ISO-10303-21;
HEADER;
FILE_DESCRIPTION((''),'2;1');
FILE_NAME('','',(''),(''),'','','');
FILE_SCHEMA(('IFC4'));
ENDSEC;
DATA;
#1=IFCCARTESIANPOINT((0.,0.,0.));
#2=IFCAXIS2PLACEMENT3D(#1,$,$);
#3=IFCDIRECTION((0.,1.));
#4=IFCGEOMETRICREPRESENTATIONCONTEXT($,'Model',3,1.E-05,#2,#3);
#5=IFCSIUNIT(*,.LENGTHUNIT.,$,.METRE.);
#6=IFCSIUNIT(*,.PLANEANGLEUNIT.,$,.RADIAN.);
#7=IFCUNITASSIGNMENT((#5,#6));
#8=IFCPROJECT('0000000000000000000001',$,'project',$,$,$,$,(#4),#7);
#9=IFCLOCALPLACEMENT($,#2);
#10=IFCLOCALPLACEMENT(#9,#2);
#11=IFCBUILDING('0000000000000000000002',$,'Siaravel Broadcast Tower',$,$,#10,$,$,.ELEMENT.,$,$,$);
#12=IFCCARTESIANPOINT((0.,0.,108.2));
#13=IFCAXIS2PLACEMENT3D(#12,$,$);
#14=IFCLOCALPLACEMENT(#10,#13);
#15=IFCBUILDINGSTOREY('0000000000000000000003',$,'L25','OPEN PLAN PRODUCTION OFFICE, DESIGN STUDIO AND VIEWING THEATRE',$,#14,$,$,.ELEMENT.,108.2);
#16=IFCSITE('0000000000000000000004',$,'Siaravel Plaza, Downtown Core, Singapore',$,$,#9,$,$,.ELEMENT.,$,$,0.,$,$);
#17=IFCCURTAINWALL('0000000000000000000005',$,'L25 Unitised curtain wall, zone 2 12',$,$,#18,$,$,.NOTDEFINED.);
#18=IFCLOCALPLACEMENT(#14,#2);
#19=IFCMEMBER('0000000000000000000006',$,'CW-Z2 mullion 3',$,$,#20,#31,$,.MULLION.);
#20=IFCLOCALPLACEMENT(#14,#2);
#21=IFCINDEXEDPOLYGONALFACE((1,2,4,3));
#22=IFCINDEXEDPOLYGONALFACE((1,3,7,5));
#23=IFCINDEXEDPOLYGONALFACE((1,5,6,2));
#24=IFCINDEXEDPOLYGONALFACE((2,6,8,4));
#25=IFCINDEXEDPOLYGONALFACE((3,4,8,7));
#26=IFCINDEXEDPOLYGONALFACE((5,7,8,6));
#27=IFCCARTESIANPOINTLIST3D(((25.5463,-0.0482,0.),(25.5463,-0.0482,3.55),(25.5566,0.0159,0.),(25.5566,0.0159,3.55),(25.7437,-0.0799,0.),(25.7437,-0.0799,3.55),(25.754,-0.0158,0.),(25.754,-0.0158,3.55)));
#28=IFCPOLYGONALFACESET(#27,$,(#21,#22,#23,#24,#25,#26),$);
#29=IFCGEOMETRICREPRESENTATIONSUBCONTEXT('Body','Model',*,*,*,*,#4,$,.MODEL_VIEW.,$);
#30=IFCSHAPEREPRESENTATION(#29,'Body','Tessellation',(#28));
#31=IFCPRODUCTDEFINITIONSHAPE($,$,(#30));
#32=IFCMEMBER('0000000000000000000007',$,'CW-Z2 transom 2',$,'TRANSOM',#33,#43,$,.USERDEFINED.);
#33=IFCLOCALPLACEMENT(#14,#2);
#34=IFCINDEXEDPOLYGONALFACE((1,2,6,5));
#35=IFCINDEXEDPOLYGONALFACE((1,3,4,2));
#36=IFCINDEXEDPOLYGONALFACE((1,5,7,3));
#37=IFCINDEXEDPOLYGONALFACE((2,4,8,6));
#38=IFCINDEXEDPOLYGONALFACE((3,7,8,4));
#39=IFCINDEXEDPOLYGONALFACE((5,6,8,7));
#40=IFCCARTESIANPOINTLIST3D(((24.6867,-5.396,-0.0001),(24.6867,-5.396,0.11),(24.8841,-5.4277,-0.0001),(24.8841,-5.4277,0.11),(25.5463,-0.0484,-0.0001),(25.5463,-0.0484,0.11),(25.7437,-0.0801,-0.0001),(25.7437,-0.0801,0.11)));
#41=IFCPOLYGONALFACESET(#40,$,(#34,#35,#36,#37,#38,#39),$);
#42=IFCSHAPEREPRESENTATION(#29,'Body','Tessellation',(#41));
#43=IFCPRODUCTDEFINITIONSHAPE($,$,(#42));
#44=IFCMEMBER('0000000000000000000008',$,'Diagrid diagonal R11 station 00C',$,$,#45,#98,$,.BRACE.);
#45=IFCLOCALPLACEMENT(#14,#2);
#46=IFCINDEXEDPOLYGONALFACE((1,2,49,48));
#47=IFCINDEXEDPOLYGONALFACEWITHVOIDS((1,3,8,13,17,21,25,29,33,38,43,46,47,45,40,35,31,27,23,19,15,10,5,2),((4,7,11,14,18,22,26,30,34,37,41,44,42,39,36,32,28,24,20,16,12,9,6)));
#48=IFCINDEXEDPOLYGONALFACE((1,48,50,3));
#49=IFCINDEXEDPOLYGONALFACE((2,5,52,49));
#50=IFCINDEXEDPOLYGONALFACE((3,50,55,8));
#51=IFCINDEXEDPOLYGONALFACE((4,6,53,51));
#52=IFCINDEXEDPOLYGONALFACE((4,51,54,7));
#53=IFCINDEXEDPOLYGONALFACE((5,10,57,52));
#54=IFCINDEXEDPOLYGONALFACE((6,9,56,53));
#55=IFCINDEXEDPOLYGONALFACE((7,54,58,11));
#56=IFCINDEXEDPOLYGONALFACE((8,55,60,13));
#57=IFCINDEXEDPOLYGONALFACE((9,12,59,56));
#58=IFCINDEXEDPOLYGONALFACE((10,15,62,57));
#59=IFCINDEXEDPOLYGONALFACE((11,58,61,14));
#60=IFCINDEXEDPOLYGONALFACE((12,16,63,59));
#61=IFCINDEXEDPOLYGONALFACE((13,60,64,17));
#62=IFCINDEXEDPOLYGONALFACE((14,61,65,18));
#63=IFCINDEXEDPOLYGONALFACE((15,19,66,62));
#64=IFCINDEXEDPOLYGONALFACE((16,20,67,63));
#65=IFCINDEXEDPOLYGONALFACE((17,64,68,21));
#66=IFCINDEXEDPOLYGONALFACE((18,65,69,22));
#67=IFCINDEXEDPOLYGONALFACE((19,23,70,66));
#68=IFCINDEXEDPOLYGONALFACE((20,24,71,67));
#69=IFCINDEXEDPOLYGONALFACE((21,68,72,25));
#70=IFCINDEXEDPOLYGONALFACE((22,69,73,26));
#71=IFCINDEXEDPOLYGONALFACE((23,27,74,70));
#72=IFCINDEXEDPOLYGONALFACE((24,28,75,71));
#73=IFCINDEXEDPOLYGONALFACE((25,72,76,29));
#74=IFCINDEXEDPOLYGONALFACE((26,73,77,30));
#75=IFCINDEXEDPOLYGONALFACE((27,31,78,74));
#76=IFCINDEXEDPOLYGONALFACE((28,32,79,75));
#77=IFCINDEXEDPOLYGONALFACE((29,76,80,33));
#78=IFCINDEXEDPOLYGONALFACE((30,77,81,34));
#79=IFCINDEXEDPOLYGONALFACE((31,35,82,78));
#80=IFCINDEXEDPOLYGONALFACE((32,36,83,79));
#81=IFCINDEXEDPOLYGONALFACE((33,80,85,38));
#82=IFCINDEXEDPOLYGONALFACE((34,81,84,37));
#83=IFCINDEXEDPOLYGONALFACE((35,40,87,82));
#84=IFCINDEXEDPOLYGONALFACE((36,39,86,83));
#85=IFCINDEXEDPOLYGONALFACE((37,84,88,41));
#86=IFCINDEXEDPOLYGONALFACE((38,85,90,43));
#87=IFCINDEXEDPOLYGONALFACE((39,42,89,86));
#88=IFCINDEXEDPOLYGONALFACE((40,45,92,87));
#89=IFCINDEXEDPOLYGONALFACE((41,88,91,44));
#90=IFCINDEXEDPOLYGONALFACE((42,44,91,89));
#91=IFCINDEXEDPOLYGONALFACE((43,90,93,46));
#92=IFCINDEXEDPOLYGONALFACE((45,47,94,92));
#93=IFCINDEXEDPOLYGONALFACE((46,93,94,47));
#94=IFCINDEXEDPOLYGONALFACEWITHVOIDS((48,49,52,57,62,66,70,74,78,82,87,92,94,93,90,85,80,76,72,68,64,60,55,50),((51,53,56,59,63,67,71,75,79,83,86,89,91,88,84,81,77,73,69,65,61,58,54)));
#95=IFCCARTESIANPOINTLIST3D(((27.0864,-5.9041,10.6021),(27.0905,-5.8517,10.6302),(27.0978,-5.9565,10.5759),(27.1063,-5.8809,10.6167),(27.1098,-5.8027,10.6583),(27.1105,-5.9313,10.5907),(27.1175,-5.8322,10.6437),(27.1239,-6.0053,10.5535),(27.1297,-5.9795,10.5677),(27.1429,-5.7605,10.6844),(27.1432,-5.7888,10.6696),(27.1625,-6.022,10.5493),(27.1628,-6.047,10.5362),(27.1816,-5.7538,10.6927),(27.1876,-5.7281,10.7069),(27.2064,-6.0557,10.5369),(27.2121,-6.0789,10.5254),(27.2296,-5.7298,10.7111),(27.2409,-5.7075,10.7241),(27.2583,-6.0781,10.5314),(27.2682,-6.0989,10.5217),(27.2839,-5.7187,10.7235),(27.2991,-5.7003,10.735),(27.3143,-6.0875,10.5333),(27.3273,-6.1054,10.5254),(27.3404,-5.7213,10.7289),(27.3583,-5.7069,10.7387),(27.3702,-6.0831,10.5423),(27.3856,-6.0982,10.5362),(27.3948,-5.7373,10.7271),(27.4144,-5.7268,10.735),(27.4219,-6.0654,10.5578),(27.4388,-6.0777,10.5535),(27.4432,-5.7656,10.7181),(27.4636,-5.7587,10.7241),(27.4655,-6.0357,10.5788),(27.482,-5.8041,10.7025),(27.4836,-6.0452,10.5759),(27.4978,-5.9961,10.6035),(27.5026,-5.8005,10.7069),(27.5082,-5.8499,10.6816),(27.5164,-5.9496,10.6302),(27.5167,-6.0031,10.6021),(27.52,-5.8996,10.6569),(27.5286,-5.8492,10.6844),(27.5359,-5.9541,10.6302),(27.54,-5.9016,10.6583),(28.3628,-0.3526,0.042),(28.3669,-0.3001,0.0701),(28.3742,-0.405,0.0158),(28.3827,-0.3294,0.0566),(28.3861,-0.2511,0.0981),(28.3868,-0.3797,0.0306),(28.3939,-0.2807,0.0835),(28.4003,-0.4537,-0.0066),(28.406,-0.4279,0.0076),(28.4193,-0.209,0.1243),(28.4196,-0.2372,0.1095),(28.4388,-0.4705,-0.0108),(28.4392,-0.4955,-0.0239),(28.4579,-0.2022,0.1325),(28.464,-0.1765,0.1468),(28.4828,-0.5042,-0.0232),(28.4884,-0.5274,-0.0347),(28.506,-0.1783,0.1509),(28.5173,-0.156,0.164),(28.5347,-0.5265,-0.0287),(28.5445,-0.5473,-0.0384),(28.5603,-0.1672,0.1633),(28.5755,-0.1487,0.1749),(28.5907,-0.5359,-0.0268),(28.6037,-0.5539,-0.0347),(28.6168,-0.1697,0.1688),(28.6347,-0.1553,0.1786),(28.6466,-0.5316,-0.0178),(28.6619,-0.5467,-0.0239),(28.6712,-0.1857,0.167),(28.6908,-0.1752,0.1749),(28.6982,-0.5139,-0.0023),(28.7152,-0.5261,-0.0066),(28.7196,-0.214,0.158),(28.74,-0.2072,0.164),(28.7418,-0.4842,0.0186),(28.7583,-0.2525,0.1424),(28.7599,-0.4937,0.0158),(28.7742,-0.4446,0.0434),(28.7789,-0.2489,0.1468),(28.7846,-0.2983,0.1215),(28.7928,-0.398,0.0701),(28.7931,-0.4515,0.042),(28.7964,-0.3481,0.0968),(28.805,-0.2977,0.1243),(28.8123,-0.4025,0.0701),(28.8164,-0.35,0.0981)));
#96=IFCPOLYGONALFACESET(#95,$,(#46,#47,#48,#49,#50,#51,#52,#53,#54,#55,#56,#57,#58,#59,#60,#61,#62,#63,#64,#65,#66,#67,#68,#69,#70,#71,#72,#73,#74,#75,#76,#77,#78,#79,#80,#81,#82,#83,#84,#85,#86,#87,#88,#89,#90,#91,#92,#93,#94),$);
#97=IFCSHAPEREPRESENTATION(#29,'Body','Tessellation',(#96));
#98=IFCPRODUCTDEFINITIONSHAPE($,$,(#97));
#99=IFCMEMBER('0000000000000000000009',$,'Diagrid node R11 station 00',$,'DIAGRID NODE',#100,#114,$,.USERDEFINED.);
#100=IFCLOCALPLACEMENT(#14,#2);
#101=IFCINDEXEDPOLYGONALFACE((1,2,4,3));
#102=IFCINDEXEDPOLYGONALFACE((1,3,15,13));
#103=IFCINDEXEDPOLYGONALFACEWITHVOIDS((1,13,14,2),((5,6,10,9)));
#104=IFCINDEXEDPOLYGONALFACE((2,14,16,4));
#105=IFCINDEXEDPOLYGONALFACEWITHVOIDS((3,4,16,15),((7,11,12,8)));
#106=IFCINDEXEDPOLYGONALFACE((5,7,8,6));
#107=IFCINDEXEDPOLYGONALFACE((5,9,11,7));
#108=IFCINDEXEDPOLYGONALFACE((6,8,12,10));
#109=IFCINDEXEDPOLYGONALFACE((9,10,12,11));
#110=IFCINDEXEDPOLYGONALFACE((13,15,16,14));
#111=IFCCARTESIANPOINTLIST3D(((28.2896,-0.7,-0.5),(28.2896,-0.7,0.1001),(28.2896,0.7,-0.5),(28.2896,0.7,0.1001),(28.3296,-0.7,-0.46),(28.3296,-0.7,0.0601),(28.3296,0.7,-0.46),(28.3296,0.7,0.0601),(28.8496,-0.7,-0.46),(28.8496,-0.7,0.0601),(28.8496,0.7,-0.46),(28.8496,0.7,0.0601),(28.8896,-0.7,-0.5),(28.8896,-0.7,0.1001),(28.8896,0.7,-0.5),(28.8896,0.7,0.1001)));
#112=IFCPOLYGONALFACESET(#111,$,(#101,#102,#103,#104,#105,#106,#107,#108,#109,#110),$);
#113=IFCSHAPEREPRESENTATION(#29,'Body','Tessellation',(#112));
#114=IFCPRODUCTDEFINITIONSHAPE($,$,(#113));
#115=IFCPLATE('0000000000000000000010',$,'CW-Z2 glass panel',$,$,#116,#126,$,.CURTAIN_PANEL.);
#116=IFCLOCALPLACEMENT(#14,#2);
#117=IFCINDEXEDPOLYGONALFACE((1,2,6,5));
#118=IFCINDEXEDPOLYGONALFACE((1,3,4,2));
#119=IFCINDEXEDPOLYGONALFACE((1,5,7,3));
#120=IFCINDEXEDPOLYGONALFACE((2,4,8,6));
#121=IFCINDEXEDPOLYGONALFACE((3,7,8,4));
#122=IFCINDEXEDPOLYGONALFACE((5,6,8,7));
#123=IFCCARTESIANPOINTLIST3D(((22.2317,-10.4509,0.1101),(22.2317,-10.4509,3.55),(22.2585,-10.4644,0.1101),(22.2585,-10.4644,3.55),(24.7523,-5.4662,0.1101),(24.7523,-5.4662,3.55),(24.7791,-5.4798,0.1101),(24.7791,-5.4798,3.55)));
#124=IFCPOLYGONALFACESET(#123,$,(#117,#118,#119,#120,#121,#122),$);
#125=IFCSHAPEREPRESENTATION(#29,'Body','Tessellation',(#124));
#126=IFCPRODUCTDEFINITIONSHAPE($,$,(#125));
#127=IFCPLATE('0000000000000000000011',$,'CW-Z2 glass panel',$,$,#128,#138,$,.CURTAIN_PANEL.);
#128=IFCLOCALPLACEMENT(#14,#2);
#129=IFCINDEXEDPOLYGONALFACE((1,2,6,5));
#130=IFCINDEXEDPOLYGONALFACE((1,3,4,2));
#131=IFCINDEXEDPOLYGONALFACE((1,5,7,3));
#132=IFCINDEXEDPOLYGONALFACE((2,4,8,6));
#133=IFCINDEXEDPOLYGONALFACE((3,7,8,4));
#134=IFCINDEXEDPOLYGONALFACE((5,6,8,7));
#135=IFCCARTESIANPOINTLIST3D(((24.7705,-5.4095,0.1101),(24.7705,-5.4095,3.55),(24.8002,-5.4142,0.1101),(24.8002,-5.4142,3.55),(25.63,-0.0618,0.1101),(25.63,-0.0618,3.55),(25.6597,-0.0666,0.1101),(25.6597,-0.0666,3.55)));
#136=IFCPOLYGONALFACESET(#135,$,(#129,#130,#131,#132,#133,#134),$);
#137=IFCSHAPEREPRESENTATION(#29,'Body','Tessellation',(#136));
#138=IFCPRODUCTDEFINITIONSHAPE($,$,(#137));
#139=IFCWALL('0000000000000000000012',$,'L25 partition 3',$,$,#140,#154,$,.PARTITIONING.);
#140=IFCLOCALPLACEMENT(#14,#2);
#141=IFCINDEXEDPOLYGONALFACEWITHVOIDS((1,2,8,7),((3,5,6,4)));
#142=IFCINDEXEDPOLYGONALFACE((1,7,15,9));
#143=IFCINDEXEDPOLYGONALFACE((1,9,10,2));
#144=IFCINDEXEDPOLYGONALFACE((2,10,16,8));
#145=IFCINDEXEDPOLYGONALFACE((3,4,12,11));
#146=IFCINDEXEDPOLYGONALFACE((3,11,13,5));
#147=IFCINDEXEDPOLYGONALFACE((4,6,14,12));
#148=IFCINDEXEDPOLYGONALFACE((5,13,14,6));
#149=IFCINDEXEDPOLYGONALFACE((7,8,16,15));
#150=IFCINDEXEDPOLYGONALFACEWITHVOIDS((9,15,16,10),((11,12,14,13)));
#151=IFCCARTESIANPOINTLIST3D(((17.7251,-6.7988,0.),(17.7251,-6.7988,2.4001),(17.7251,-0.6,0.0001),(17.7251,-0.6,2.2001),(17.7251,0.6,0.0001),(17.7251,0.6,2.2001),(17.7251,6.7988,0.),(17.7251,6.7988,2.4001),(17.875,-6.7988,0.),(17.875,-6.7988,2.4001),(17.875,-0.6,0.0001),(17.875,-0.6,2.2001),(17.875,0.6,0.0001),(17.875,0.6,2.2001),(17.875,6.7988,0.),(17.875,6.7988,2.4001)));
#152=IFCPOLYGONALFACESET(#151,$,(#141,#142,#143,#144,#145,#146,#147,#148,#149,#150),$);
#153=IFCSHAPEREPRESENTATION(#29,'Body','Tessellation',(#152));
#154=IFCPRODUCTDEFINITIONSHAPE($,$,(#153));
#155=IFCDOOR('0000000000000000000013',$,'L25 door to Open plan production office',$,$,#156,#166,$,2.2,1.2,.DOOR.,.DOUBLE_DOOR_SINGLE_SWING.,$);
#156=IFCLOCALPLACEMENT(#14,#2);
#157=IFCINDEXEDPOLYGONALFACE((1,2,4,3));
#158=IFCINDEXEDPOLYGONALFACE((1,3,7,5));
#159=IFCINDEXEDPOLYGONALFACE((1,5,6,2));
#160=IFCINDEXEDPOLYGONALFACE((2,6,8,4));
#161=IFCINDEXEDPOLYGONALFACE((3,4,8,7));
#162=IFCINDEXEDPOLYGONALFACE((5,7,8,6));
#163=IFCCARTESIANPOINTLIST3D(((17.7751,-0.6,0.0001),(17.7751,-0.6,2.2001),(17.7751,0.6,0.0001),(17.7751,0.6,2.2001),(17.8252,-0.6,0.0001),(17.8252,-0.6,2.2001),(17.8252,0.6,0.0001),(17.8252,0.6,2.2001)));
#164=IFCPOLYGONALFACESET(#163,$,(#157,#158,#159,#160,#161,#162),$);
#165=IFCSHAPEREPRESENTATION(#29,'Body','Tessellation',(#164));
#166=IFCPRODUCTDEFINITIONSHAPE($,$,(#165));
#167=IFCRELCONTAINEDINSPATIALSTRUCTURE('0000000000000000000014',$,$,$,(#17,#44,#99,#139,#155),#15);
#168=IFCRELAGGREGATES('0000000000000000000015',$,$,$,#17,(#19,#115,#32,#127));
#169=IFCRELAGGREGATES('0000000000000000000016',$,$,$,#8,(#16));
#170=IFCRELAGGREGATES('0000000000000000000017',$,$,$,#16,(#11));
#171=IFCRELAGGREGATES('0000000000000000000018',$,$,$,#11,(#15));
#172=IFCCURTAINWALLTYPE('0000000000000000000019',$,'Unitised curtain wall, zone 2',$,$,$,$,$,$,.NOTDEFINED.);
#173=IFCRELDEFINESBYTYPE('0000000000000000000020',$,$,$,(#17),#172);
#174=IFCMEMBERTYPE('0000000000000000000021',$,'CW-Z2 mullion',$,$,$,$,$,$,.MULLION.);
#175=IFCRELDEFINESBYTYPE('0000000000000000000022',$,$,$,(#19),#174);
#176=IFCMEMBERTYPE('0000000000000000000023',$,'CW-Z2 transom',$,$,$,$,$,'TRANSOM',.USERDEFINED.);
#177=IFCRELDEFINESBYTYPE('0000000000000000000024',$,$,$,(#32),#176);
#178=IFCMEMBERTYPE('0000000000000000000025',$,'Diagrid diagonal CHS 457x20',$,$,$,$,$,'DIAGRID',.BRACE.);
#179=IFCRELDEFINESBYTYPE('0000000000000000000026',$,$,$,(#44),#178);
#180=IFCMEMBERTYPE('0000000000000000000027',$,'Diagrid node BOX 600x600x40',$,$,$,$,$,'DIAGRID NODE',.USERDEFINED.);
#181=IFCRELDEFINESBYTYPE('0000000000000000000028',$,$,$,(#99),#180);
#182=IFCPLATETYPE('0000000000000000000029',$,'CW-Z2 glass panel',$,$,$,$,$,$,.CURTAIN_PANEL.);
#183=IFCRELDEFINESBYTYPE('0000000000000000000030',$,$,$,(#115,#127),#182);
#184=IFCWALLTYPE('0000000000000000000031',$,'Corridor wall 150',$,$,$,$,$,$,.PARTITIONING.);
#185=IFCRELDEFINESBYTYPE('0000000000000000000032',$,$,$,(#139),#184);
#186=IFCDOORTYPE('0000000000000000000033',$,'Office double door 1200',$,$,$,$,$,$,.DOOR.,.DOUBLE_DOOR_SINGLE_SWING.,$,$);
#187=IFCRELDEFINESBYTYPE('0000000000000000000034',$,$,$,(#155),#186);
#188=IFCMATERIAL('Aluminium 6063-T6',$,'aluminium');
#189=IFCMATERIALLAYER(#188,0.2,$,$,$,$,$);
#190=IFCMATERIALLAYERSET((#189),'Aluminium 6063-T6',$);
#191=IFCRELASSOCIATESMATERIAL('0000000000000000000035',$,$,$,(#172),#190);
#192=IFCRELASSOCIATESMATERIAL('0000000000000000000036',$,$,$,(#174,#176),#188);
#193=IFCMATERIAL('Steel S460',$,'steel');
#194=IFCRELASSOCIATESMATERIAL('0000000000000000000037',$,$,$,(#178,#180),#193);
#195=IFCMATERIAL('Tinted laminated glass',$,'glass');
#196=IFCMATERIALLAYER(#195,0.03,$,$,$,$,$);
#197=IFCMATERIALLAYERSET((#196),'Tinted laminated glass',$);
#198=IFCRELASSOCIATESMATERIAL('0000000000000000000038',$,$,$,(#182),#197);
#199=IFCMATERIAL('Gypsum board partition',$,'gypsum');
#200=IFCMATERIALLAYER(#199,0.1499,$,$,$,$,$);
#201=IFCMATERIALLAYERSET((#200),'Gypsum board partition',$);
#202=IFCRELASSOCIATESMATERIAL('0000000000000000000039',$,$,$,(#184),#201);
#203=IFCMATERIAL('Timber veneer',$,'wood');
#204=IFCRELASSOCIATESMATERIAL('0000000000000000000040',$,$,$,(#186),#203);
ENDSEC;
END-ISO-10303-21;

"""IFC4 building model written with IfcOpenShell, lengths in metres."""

from ifc_helpers import new_model, si_unit, direction, frame, frame_2d, origin, origin_2d, place, context, subcontext, project, spatial, rectangle, hollow_rectangle, hollow_circle, extrude, material, layer, layer_set, material_profile, profile_set, type_object, element, fill, aggregate, save


model = new_model("IFC4")

# Units and contexts
model_context = context("Model", 3, precision=1e-05, world=origin(), true_north=direction((0.0, 1.0)))
body_context = subcontext(model_context, "Body", "Model", "MODEL_VIEW")
ifc_project = project(units=[si_unit("LENGTHUNIT", "METRE"), si_unit("PLANEANGLEUNIT", "RADIAN")], contexts=[model_context])

# Site, building, storey
site_placement = place(None, origin())
site = spatial("IfcSite", under=ifc_project, at=site_placement, Name="Siaravel Plaza, Downtown Core, Singapore", CompositionType="ELEMENT", RefElevation=0.0)
building_placement = place(site_placement, origin())
building = spatial("IfcBuilding", under=site, at=building_placement, Name="Siaravel Broadcast Tower", CompositionType="ELEMENT")
storey_placement = place(building_placement, frame((0.0, 0.0, 108.2)))
storey = spatial("IfcBuildingStorey", under=building, at=storey_placement, Name="L25", Description="OPEN PLAN PRODUCTION OFFICE, DESIGN STUDIO AND VIEWING THEATRE", CompositionType="ELEMENT", Elevation=108.2)

# Curtain wall, members
ifc_material_1 = material(Name="Aluminium 6063-T6", Category="aluminium")
ifc_layer_1 = layer(ifc_material_1, 0.2)
ifc_layer_set_1 = layer_set([ifc_layer_1], Name="Aluminium 6063-T6")
curtain_wall_type = type_object("IfcCurtainWallType", Name="Unitised curtain wall, zone 2", PredefinedType="NOTDEFINED", material=ifc_layer_set_1)
curtain_wall_placement = place(storey_placement, origin())
curtain_wall = element("IfcCurtainWall", 1, at=curtain_wall_placement, inside=storey, type_object=curtain_wall_type, Name="L25 Unitised curtain wall, zone 2 12", PredefinedType="NOTDEFINED")
ifc_material_profile_1 = material_profile(ifc_material_1, rectangle(XDim=0.2, YDim=0.0649, at=origin_2d()))
ifc_profile_set_1 = profile_set([ifc_material_profile_1], Name="Aluminium 6063-T6")
member_type_1 = type_object("IfcMemberType", Name="CW-Z2 mullion", PredefinedType="MULLION", material=ifc_profile_set_1)
member_1_placement = place(storey_placement, frame((25.6501, -0.032, 0.0), z_axis=(0.0, 0.0, 1.0), x_axis=(-0.987329, 0.158686, 0.0)))
member_1 = element("IfcMember", 2, at=member_1_placement, type_object=member_type_1, Name="CW-Z2 mullion 3", PredefinedType="MULLION", context=body_context, shape_type="SweptSolid", body=[
    extrude(rectangle(XDim=0.2, YDim=0.0649, at=origin_2d()), origin(), (0.0, 0.0, 1.0), 3.55),
])
ifc_material_profile_2 = material_profile(ifc_material_1, rectangle(XDim=0.2, YDim=0.1101, at=origin_2d()))
ifc_profile_set_2 = profile_set([ifc_material_profile_2], Name="Aluminium 6063-T6")
member_type_2 = type_object("IfcMemberType", Name="CW-Z2 transom", ElementType="TRANSOM", PredefinedType="USERDEFINED", material=ifc_profile_set_2)
member_2_placement = place(storey_placement, frame((24.7854, -5.4119, 0.0549), z_axis=(0.158709, 0.987325, 0.0), x_axis=(-0.987325, 0.158709, 0.0)))
member_2 = element("IfcMember", 3, at=member_2_placement, type_object=member_type_2, Name="CW-Z2 transom 2", ObjectType="TRANSOM", PredefinedType="USERDEFINED", context=body_context, shape_type="SweptSolid", body=[
    extrude(rectangle(XDim=0.2, YDim=0.1101, at=origin_2d()), origin(), (0.0, 0.0, 1.0), 5.4163),
])

# Members
ifc_material_2 = material(Name="Steel S460", Category="steel")
ifc_material_profile_3 = material_profile(ifc_material_2, hollow_circle(Radius=0.2285, WallThickness=0.02, at=origin_2d()))
ifc_profile_set_3 = profile_set([ifc_material_profile_3], Name="Steel S460")
member_type_3 = type_object("IfcMemberType", Name="Diagrid diagonal CHS 457x20", ElementType="DIAGRID", PredefinedType="BRACE", material=ifc_profile_set_3)
member_3_placement = place(storey_placement, frame((28.5896, -0.3513, 0.0701), z_axis=(-0.106378, -0.462685, 0.880117), x_axis=(0.974574, -0.224068, 0.0)))
element("IfcMember", 4, at=member_3_placement, inside=storey, type_object=member_type_3, Name="Diagrid diagonal R11 station 00C", PredefinedType="BRACE", context=body_context, shape_type="SweptSolid", body=[
    extrude(hollow_circle(Radius=0.2285, WallThickness=0.02, at=origin_2d()), origin(), (0.0, 0.0, 1.0), 11.9985),
])
ifc_material_profile_4 = material_profile(ifc_material_2, hollow_rectangle(XDim=0.6001, YDim=0.6001, WallThickness=0.04, at=origin_2d()))
ifc_profile_set_4 = profile_set([ifc_material_profile_4], Name="Steel S460")
member_type_4 = type_object("IfcMemberType", Name="Diagrid node BOX 600x600x40", ElementType="DIAGRID NODE", PredefinedType="USERDEFINED", material=ifc_profile_set_4)
member_4_placement = place(storey_placement, frame((28.5896, -0.7, -0.2), z_axis=(0.0, 1.0, 0.0), x_axis=(-1.0, 0.0, 0.0)))
element("IfcMember", 5, at=member_4_placement, inside=storey, type_object=member_type_4, Name="Diagrid node R11 station 00", ObjectType="DIAGRID NODE", PredefinedType="USERDEFINED", context=body_context, shape_type="SweptSolid", body=[
    extrude(hollow_rectangle(XDim=0.6001, YDim=0.6001, WallThickness=0.04, at=origin_2d()), origin(), (0.0, 0.0, 1.0), 1.3999),
])

# Plates
ifc_material_3 = material(Name="Tinted laminated glass", Category="glass")
ifc_layer_2 = layer(ifc_material_3, 0.03)
ifc_layer_set_2 = layer_set([ifc_layer_2], Name="Tinted laminated glass")
plate_type = type_object("IfcPlateType", Name="CW-Z2 glass panel", PredefinedType="CURTAIN_PANEL", material=ifc_layer_set_2)
plate_1_placement = place(storey_placement, frame((23.5054, -7.9653, 0.1101), z_axis=(0.0, 0.0, 1.0), x_axis=(0.451261, 0.892392, 0.0)))
plate_1 = element("IfcPlate", 6, at=plate_1_placement, type_object=plate_type, Name="CW-Z2 glass panel", PredefinedType="CURTAIN_PANEL", context=body_context, shape_type="SweptSolid", body=[
    extrude(rectangle(XDim=5.5857, YDim=0.03, at=origin_2d()), origin(), (0.0, 0.0, 1.0), 3.4399),
])
plate_2_placement = place(storey_placement, frame((25.2151, -2.738, 0.1101), z_axis=(0.0, 0.0, 1.0), x_axis=(0.158686, 0.987329, 0.0)))
plate_2 = element("IfcPlate", 7, at=plate_2_placement, type_object=plate_type, Name="CW-Z2 glass panel", PredefinedType="CURTAIN_PANEL", context=body_context, shape_type="SweptSolid", body=[
    extrude(rectangle(XDim=5.4163, YDim=0.03, at=origin_2d()), origin(), (0.0, 0.0, 1.0), 3.4399),
])
aggregate(curtain_wall, [member_1, plate_1, member_2, plate_2])

# Wall, opening, door
ifc_material_4 = material(Name="Gypsum board partition", Category="gypsum")
ifc_layer_3 = layer(ifc_material_4, 0.1499)
ifc_layer_set_3 = layer_set([ifc_layer_3], Name="Gypsum board partition")
wall_type_1 = type_object("IfcWallType", Name="Corridor wall 150", PredefinedType="PARTITIONING", material=ifc_layer_set_3)
wall_1_placement = place(storey_placement, frame((17.8, -6.7988, 0.0), z_axis=(0.0, 0.0, 1.0), x_axis=(0.0, 1.0, 0.0)))
wall_1 = element("IfcWall", 8, at=wall_1_placement, inside=storey, type_object=wall_type_1, Name="L25 partition 3", PredefinedType="PARTITIONING", context=body_context, shape_type="SweptSolid", body=[
    extrude(rectangle(XDim=13.5977, YDim=0.1499, at=frame_2d((6.7988, 0.0))), origin(), (0.0, 0.0, 1.0), 2.4001),
])
opening_1_placement = place(wall_1_placement, frame((6.1987, 0.0, 0.0)))
opening_1 = element("IfcOpeningElement", 9, at=opening_1_placement, cuts=wall_1, PredefinedType="OPENING", context=body_context, shape_type="SweptSolid", body=[
    extrude(rectangle(XDim=1.2, YDim=2.2, at=frame_2d((0.6001, 1.1001))), frame((0.0, 0.085, 0.0), z_axis=(0.0, -1.0, 0.0), x_axis=(1.0, 0.0, 0.0)), (0.0, 0.0, 1.0), 0.1699),
])
ifc_material_5 = material(Name="Timber veneer", Category="wood")
door_type_1 = type_object("IfcDoorType", Name="Office double door 1200", OperationType="DOUBLE_DOOR_SINGLE_SWING", PredefinedType="DOOR", material=ifc_material_5)
door_1_placement = place(opening_1_placement, origin())
door_1 = element("IfcDoor", 10, at=door_1_placement, inside=storey, type_object=door_type_1, Name="L25 door to Open plan production office", OperationType="DOUBLE_DOOR_SINGLE_SWING", OverallHeight=2.2, OverallWidth=1.2, PredefinedType="DOOR", context=body_context, shape_type="SweptSolid", body=[
    extrude(rectangle(XDim=1.2, YDim=2.2, at=frame_2d((0.6001, 1.1001))), frame((0.0, 0.0249, 0.0), z_axis=(0.0, -1.0, 0.0), x_axis=(1.0, 0.0, 0.0)), (0.0, 0.0, 1.0), 0.05),
])
fill(opening_1, door_1)

save(model, "model.ifc")
